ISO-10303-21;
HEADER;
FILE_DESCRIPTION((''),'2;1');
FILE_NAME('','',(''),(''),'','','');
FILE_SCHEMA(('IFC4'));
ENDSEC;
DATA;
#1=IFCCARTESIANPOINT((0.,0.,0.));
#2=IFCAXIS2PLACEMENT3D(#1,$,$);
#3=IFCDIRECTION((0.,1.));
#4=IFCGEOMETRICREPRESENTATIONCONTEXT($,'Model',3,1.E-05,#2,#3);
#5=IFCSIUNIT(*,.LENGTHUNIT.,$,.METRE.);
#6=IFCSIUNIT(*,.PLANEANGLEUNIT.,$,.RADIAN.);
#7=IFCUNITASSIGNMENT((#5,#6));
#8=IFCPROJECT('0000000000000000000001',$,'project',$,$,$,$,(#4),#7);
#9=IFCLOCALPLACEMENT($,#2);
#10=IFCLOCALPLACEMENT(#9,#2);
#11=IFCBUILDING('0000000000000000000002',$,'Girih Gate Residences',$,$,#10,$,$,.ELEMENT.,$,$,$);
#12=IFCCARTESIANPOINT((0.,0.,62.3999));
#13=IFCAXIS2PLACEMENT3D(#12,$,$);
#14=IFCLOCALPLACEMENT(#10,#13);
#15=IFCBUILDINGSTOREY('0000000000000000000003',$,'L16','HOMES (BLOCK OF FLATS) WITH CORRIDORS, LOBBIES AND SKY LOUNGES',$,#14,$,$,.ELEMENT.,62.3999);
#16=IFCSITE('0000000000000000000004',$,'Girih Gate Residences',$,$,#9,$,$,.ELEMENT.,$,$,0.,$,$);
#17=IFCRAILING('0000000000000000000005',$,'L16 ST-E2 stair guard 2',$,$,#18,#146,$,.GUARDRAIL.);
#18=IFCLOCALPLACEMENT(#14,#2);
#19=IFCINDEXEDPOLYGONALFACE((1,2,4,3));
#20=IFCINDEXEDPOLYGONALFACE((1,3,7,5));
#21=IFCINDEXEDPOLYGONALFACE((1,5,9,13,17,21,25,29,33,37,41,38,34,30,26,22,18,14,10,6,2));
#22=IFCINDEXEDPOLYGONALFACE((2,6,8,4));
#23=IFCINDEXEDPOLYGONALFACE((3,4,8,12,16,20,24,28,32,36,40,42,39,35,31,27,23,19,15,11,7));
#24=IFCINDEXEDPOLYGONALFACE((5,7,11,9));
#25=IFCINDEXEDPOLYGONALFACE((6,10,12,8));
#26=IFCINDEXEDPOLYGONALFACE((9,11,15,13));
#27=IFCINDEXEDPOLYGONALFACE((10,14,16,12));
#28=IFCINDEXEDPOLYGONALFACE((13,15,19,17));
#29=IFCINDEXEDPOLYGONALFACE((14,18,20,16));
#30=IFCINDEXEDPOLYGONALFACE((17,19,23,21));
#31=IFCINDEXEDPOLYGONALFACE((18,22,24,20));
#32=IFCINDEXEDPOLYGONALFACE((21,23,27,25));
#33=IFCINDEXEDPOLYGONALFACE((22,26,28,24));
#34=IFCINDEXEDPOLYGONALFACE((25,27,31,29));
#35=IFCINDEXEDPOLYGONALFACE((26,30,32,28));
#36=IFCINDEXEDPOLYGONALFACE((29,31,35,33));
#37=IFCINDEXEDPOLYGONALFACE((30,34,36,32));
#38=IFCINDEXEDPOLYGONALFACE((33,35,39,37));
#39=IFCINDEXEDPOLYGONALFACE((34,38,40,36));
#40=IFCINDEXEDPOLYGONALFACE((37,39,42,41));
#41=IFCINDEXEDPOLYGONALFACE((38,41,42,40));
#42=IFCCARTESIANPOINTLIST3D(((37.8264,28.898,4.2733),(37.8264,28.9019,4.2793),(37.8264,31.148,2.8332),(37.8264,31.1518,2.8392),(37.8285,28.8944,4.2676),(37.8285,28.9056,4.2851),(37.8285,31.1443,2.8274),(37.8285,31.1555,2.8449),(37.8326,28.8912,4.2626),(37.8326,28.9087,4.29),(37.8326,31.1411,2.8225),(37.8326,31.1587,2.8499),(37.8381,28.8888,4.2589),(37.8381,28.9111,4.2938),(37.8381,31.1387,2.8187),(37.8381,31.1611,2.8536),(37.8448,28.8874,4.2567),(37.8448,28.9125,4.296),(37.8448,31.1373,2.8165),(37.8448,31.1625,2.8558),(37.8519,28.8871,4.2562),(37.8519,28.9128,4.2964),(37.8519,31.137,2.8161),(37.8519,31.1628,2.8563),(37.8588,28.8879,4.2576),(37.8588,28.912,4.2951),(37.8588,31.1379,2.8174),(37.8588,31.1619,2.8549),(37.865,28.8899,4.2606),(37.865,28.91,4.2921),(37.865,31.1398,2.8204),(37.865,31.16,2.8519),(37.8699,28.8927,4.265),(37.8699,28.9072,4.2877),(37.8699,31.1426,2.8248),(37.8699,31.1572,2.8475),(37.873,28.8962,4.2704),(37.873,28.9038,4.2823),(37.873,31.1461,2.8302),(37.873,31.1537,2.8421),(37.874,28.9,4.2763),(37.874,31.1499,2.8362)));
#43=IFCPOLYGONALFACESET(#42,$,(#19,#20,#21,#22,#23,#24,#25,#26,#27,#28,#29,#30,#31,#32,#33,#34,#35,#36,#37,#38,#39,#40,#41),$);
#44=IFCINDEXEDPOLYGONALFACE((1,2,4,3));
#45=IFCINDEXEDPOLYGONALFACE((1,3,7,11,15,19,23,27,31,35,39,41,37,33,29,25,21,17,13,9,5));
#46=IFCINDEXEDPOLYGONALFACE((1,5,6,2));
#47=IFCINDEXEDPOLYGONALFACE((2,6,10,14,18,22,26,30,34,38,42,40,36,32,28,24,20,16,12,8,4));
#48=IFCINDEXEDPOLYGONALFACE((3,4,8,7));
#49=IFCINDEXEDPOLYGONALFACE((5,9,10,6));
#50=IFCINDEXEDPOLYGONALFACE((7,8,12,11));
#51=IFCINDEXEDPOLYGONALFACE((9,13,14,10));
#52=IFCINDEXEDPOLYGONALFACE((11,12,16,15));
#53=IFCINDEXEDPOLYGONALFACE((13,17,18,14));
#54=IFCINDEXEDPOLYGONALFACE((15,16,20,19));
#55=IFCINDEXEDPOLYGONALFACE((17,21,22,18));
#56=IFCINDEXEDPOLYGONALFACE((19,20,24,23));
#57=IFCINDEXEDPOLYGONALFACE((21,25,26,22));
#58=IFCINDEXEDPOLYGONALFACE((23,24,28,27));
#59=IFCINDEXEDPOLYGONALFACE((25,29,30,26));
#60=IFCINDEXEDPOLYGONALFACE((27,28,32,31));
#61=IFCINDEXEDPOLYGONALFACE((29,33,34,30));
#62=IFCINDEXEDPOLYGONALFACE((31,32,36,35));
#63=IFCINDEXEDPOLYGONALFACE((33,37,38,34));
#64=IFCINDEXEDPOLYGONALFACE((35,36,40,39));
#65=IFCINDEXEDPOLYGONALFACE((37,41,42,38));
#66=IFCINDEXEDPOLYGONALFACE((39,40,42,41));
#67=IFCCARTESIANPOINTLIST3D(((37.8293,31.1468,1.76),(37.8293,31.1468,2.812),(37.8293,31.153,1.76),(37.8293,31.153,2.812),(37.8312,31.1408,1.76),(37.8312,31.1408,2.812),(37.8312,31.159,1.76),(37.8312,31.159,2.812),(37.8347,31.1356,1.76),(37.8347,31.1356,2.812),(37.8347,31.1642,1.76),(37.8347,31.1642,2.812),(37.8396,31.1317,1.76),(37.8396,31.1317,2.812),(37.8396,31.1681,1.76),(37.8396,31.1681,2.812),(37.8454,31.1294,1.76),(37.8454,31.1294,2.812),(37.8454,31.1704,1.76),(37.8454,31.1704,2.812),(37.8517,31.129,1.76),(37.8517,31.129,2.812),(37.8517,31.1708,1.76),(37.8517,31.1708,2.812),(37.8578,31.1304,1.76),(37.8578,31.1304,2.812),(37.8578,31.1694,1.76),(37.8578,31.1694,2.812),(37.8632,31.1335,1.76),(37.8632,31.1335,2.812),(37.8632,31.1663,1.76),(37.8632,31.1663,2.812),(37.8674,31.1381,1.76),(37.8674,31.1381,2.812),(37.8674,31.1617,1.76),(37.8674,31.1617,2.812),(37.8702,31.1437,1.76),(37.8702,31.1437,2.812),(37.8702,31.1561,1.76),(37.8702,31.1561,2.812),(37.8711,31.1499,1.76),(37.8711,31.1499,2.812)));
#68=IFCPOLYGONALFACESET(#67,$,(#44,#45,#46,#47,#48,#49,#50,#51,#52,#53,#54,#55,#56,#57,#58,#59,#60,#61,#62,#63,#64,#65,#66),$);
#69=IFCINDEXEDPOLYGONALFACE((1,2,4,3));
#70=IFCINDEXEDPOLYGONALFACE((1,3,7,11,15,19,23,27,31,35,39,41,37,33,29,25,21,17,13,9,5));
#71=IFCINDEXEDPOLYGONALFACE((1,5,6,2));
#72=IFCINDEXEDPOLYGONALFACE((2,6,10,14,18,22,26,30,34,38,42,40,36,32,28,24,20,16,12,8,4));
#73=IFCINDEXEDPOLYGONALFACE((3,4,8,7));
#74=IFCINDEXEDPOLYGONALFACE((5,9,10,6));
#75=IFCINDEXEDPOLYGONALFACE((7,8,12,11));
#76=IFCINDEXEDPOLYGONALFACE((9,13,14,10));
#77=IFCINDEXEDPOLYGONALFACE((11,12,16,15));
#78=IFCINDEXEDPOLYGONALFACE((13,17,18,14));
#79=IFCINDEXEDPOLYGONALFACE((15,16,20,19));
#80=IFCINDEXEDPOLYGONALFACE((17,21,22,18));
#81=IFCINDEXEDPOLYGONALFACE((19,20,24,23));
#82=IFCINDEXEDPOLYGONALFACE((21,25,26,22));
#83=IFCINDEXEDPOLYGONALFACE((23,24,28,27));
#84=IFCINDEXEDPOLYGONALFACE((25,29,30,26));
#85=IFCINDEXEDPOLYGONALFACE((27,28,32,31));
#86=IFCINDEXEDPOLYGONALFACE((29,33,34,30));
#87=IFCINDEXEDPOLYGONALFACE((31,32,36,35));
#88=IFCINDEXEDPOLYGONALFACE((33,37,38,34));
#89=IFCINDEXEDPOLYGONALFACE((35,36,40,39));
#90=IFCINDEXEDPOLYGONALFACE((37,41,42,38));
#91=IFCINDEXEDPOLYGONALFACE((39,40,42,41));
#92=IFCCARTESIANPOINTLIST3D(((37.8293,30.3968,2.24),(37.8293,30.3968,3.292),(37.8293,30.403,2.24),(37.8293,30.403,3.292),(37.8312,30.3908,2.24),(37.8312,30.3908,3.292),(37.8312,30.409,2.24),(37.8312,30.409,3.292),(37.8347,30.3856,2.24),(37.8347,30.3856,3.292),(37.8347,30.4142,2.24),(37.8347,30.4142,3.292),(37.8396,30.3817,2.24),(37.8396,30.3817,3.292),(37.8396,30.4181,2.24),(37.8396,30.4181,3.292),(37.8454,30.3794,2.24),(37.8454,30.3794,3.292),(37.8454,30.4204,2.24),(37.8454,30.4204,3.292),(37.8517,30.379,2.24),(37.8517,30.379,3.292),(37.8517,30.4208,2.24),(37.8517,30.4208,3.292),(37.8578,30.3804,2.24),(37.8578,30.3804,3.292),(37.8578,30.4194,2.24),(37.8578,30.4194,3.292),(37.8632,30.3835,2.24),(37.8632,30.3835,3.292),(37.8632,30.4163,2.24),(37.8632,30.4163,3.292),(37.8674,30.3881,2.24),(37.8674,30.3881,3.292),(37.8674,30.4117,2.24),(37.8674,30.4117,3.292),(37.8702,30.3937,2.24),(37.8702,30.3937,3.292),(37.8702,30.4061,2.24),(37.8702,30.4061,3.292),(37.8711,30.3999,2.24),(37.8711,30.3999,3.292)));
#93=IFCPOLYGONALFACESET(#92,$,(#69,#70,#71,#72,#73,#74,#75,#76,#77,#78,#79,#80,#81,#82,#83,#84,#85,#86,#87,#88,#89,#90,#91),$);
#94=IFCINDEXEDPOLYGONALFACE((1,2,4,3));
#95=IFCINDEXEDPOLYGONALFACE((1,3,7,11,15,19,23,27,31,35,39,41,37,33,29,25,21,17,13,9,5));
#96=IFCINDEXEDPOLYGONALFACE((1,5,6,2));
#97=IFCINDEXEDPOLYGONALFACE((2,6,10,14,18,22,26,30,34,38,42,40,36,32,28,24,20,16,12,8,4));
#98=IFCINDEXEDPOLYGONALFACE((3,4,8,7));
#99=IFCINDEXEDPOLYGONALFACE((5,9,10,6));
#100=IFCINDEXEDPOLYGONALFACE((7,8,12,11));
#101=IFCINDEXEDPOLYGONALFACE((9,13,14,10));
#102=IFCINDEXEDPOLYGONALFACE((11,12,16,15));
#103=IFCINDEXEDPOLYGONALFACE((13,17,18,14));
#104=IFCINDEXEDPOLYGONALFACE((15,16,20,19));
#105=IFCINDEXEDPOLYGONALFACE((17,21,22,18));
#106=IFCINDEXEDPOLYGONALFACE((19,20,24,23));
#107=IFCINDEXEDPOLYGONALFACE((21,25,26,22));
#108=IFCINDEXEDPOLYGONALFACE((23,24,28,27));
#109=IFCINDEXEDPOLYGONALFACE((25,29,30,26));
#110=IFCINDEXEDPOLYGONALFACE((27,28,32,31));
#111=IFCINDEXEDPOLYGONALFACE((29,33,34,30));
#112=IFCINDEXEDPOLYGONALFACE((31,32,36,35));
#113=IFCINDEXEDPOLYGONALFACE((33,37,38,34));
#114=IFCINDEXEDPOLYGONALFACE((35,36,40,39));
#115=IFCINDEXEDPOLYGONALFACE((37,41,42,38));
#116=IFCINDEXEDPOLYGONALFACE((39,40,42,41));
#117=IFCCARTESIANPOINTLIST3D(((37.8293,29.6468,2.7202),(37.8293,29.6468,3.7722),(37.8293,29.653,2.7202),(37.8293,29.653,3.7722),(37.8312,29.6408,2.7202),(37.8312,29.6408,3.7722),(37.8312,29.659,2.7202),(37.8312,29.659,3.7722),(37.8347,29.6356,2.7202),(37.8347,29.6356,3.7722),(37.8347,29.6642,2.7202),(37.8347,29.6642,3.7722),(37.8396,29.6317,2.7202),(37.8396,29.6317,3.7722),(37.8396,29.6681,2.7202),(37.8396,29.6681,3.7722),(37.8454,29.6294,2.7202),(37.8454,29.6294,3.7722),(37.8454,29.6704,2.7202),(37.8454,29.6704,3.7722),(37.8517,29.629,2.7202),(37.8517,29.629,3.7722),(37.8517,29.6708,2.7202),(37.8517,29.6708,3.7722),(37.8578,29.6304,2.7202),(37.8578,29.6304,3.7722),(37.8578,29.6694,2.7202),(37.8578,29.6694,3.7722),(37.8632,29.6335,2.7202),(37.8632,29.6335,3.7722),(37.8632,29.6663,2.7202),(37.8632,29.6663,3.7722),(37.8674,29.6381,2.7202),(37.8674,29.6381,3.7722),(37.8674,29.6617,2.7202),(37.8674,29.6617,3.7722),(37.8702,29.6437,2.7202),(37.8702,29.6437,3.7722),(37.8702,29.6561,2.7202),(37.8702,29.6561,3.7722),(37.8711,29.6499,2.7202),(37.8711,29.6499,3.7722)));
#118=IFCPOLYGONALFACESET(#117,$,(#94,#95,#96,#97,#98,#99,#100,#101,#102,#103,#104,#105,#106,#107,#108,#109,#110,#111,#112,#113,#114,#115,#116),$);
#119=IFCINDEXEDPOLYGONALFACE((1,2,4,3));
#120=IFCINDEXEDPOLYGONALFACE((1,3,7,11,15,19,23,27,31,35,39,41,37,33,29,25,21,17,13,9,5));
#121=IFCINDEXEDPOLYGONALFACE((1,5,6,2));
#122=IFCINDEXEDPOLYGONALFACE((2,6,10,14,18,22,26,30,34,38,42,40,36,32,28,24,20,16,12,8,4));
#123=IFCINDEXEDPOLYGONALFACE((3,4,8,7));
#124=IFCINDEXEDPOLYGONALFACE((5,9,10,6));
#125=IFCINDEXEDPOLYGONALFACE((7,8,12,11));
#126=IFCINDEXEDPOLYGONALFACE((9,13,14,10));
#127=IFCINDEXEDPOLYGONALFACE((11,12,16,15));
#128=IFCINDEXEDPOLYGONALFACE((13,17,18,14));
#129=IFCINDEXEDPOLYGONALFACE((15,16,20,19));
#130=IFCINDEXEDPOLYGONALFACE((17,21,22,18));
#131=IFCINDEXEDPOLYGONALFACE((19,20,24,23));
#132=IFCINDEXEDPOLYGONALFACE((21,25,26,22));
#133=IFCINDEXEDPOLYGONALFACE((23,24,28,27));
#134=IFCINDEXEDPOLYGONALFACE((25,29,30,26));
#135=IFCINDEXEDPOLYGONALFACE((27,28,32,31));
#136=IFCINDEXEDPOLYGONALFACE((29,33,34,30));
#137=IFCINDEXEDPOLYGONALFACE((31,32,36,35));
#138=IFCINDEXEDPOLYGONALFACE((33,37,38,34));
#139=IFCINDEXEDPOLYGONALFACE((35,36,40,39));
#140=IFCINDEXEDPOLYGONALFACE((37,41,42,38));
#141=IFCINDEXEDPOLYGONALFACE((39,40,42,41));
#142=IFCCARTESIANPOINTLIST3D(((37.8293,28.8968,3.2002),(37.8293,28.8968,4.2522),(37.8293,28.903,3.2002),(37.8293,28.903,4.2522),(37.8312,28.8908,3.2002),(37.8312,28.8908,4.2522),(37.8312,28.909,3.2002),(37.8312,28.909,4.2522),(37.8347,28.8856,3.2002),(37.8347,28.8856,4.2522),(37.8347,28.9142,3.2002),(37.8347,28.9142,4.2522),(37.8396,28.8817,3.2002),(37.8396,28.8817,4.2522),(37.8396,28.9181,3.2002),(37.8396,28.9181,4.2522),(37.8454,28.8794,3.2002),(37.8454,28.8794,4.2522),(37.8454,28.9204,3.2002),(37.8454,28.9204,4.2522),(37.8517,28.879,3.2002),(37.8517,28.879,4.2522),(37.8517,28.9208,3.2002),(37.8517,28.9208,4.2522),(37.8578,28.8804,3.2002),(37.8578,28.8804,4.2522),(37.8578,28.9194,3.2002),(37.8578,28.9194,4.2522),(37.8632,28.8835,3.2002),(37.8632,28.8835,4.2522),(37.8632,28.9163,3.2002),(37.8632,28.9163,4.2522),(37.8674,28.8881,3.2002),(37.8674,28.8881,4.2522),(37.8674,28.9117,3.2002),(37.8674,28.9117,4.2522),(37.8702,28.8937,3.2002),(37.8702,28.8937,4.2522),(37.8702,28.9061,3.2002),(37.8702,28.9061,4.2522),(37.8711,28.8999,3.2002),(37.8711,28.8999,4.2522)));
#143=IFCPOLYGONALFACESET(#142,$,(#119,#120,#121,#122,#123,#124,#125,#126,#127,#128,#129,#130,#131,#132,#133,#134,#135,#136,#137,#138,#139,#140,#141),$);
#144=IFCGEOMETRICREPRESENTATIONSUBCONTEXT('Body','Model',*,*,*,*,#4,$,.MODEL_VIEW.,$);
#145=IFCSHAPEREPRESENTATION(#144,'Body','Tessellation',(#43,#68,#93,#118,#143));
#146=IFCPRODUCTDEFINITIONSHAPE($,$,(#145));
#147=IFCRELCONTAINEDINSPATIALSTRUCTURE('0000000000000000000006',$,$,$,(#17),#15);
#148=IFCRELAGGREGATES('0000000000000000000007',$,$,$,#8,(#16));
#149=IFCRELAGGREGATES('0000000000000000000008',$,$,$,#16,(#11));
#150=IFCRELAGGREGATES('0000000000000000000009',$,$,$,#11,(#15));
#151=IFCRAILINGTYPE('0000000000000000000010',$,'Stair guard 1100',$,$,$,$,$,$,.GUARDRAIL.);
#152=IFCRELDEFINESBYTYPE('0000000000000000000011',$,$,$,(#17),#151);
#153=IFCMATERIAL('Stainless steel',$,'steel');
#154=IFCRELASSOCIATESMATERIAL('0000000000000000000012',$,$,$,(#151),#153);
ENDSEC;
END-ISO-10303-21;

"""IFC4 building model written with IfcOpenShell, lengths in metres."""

from ifc_helpers import new_model, si_unit, direction, frame, origin, origin_2d, place, context, subcontext, project, spatial, circle, extrude, material, type_object, element, save


model = new_model("IFC4")

# Units and contexts
model_context = context("Model", 3, precision=1e-05, world=origin(), true_north=direction((0.0, 1.0)))
body_context = subcontext(model_context, "Body", "Model", "MODEL_VIEW")
ifc_project = project(units=[si_unit("LENGTHUNIT", "METRE"), si_unit("PLANEANGLEUNIT", "RADIAN")], contexts=[model_context])

# Site, building, storey
site_placement = place(None, origin())
site = spatial("IfcSite", under=ifc_project, at=site_placement, Name="Girih Gate Residences", CompositionType="ELEMENT", RefElevation=0.0)
building_placement = place(site_placement, origin())
building = spatial("IfcBuilding", under=site, at=building_placement, Name="Girih Gate Residences", CompositionType="ELEMENT")
storey_placement = place(building_placement, frame((0.0, 0.0, 62.3999)))
storey = spatial("IfcBuildingStorey", under=building, at=storey_placement, Name="L16", Description="HOMES (BLOCK OF FLATS) WITH CORRIDORS, LOBBIES AND SKY LOUNGES", CompositionType="ELEMENT", Elevation=62.3999)

# Railing
ifc_material_1 = material(Name="Stainless steel", Category="steel")
railing_type_1 = type_object("IfcRailingType", Name="Stair guard 1100", PredefinedType="GUARDRAIL", material=ifc_material_1)
railing_1_placement = place(storey_placement, frame((37.8501, 31.1499, 1.76)))
element("IfcRailing", 1, at=railing_1_placement, inside=storey, type_object=railing_type_1, Name="L16 ST-E2 stair guard 2", PredefinedType="GUARDRAIL", context=body_context, shape_type="SweptSolid", body=[
    extrude(circle(Radius=0.0239, at=origin_2d()), frame((0.0, 0.0, 1.0762), z_axis=(0.0, -0.84224, 0.539103), x_axis=(1.0, 0.0, 0.0)), (0.0, 0.0, 1.0), 2.6714),
    extrude(circle(Radius=0.021, at=origin_2d()), origin(), (0.0, 0.0, 1.0), 1.052),
    extrude(circle(Radius=0.021, at=origin_2d()), frame((0.0, -0.75, 0.48)), (0.0, 0.0, 1.0), 1.052),
    extrude(circle(Radius=0.021, at=origin_2d()), frame((0.0, -1.5, 0.9602)), (0.0, 0.0, 1.0), 1.052),
    extrude(circle(Radius=0.021, at=origin_2d()), frame((0.0, -2.25, 1.4402)), (0.0, 0.0, 1.0), 1.052),
])

save(model, "model.ifc")
